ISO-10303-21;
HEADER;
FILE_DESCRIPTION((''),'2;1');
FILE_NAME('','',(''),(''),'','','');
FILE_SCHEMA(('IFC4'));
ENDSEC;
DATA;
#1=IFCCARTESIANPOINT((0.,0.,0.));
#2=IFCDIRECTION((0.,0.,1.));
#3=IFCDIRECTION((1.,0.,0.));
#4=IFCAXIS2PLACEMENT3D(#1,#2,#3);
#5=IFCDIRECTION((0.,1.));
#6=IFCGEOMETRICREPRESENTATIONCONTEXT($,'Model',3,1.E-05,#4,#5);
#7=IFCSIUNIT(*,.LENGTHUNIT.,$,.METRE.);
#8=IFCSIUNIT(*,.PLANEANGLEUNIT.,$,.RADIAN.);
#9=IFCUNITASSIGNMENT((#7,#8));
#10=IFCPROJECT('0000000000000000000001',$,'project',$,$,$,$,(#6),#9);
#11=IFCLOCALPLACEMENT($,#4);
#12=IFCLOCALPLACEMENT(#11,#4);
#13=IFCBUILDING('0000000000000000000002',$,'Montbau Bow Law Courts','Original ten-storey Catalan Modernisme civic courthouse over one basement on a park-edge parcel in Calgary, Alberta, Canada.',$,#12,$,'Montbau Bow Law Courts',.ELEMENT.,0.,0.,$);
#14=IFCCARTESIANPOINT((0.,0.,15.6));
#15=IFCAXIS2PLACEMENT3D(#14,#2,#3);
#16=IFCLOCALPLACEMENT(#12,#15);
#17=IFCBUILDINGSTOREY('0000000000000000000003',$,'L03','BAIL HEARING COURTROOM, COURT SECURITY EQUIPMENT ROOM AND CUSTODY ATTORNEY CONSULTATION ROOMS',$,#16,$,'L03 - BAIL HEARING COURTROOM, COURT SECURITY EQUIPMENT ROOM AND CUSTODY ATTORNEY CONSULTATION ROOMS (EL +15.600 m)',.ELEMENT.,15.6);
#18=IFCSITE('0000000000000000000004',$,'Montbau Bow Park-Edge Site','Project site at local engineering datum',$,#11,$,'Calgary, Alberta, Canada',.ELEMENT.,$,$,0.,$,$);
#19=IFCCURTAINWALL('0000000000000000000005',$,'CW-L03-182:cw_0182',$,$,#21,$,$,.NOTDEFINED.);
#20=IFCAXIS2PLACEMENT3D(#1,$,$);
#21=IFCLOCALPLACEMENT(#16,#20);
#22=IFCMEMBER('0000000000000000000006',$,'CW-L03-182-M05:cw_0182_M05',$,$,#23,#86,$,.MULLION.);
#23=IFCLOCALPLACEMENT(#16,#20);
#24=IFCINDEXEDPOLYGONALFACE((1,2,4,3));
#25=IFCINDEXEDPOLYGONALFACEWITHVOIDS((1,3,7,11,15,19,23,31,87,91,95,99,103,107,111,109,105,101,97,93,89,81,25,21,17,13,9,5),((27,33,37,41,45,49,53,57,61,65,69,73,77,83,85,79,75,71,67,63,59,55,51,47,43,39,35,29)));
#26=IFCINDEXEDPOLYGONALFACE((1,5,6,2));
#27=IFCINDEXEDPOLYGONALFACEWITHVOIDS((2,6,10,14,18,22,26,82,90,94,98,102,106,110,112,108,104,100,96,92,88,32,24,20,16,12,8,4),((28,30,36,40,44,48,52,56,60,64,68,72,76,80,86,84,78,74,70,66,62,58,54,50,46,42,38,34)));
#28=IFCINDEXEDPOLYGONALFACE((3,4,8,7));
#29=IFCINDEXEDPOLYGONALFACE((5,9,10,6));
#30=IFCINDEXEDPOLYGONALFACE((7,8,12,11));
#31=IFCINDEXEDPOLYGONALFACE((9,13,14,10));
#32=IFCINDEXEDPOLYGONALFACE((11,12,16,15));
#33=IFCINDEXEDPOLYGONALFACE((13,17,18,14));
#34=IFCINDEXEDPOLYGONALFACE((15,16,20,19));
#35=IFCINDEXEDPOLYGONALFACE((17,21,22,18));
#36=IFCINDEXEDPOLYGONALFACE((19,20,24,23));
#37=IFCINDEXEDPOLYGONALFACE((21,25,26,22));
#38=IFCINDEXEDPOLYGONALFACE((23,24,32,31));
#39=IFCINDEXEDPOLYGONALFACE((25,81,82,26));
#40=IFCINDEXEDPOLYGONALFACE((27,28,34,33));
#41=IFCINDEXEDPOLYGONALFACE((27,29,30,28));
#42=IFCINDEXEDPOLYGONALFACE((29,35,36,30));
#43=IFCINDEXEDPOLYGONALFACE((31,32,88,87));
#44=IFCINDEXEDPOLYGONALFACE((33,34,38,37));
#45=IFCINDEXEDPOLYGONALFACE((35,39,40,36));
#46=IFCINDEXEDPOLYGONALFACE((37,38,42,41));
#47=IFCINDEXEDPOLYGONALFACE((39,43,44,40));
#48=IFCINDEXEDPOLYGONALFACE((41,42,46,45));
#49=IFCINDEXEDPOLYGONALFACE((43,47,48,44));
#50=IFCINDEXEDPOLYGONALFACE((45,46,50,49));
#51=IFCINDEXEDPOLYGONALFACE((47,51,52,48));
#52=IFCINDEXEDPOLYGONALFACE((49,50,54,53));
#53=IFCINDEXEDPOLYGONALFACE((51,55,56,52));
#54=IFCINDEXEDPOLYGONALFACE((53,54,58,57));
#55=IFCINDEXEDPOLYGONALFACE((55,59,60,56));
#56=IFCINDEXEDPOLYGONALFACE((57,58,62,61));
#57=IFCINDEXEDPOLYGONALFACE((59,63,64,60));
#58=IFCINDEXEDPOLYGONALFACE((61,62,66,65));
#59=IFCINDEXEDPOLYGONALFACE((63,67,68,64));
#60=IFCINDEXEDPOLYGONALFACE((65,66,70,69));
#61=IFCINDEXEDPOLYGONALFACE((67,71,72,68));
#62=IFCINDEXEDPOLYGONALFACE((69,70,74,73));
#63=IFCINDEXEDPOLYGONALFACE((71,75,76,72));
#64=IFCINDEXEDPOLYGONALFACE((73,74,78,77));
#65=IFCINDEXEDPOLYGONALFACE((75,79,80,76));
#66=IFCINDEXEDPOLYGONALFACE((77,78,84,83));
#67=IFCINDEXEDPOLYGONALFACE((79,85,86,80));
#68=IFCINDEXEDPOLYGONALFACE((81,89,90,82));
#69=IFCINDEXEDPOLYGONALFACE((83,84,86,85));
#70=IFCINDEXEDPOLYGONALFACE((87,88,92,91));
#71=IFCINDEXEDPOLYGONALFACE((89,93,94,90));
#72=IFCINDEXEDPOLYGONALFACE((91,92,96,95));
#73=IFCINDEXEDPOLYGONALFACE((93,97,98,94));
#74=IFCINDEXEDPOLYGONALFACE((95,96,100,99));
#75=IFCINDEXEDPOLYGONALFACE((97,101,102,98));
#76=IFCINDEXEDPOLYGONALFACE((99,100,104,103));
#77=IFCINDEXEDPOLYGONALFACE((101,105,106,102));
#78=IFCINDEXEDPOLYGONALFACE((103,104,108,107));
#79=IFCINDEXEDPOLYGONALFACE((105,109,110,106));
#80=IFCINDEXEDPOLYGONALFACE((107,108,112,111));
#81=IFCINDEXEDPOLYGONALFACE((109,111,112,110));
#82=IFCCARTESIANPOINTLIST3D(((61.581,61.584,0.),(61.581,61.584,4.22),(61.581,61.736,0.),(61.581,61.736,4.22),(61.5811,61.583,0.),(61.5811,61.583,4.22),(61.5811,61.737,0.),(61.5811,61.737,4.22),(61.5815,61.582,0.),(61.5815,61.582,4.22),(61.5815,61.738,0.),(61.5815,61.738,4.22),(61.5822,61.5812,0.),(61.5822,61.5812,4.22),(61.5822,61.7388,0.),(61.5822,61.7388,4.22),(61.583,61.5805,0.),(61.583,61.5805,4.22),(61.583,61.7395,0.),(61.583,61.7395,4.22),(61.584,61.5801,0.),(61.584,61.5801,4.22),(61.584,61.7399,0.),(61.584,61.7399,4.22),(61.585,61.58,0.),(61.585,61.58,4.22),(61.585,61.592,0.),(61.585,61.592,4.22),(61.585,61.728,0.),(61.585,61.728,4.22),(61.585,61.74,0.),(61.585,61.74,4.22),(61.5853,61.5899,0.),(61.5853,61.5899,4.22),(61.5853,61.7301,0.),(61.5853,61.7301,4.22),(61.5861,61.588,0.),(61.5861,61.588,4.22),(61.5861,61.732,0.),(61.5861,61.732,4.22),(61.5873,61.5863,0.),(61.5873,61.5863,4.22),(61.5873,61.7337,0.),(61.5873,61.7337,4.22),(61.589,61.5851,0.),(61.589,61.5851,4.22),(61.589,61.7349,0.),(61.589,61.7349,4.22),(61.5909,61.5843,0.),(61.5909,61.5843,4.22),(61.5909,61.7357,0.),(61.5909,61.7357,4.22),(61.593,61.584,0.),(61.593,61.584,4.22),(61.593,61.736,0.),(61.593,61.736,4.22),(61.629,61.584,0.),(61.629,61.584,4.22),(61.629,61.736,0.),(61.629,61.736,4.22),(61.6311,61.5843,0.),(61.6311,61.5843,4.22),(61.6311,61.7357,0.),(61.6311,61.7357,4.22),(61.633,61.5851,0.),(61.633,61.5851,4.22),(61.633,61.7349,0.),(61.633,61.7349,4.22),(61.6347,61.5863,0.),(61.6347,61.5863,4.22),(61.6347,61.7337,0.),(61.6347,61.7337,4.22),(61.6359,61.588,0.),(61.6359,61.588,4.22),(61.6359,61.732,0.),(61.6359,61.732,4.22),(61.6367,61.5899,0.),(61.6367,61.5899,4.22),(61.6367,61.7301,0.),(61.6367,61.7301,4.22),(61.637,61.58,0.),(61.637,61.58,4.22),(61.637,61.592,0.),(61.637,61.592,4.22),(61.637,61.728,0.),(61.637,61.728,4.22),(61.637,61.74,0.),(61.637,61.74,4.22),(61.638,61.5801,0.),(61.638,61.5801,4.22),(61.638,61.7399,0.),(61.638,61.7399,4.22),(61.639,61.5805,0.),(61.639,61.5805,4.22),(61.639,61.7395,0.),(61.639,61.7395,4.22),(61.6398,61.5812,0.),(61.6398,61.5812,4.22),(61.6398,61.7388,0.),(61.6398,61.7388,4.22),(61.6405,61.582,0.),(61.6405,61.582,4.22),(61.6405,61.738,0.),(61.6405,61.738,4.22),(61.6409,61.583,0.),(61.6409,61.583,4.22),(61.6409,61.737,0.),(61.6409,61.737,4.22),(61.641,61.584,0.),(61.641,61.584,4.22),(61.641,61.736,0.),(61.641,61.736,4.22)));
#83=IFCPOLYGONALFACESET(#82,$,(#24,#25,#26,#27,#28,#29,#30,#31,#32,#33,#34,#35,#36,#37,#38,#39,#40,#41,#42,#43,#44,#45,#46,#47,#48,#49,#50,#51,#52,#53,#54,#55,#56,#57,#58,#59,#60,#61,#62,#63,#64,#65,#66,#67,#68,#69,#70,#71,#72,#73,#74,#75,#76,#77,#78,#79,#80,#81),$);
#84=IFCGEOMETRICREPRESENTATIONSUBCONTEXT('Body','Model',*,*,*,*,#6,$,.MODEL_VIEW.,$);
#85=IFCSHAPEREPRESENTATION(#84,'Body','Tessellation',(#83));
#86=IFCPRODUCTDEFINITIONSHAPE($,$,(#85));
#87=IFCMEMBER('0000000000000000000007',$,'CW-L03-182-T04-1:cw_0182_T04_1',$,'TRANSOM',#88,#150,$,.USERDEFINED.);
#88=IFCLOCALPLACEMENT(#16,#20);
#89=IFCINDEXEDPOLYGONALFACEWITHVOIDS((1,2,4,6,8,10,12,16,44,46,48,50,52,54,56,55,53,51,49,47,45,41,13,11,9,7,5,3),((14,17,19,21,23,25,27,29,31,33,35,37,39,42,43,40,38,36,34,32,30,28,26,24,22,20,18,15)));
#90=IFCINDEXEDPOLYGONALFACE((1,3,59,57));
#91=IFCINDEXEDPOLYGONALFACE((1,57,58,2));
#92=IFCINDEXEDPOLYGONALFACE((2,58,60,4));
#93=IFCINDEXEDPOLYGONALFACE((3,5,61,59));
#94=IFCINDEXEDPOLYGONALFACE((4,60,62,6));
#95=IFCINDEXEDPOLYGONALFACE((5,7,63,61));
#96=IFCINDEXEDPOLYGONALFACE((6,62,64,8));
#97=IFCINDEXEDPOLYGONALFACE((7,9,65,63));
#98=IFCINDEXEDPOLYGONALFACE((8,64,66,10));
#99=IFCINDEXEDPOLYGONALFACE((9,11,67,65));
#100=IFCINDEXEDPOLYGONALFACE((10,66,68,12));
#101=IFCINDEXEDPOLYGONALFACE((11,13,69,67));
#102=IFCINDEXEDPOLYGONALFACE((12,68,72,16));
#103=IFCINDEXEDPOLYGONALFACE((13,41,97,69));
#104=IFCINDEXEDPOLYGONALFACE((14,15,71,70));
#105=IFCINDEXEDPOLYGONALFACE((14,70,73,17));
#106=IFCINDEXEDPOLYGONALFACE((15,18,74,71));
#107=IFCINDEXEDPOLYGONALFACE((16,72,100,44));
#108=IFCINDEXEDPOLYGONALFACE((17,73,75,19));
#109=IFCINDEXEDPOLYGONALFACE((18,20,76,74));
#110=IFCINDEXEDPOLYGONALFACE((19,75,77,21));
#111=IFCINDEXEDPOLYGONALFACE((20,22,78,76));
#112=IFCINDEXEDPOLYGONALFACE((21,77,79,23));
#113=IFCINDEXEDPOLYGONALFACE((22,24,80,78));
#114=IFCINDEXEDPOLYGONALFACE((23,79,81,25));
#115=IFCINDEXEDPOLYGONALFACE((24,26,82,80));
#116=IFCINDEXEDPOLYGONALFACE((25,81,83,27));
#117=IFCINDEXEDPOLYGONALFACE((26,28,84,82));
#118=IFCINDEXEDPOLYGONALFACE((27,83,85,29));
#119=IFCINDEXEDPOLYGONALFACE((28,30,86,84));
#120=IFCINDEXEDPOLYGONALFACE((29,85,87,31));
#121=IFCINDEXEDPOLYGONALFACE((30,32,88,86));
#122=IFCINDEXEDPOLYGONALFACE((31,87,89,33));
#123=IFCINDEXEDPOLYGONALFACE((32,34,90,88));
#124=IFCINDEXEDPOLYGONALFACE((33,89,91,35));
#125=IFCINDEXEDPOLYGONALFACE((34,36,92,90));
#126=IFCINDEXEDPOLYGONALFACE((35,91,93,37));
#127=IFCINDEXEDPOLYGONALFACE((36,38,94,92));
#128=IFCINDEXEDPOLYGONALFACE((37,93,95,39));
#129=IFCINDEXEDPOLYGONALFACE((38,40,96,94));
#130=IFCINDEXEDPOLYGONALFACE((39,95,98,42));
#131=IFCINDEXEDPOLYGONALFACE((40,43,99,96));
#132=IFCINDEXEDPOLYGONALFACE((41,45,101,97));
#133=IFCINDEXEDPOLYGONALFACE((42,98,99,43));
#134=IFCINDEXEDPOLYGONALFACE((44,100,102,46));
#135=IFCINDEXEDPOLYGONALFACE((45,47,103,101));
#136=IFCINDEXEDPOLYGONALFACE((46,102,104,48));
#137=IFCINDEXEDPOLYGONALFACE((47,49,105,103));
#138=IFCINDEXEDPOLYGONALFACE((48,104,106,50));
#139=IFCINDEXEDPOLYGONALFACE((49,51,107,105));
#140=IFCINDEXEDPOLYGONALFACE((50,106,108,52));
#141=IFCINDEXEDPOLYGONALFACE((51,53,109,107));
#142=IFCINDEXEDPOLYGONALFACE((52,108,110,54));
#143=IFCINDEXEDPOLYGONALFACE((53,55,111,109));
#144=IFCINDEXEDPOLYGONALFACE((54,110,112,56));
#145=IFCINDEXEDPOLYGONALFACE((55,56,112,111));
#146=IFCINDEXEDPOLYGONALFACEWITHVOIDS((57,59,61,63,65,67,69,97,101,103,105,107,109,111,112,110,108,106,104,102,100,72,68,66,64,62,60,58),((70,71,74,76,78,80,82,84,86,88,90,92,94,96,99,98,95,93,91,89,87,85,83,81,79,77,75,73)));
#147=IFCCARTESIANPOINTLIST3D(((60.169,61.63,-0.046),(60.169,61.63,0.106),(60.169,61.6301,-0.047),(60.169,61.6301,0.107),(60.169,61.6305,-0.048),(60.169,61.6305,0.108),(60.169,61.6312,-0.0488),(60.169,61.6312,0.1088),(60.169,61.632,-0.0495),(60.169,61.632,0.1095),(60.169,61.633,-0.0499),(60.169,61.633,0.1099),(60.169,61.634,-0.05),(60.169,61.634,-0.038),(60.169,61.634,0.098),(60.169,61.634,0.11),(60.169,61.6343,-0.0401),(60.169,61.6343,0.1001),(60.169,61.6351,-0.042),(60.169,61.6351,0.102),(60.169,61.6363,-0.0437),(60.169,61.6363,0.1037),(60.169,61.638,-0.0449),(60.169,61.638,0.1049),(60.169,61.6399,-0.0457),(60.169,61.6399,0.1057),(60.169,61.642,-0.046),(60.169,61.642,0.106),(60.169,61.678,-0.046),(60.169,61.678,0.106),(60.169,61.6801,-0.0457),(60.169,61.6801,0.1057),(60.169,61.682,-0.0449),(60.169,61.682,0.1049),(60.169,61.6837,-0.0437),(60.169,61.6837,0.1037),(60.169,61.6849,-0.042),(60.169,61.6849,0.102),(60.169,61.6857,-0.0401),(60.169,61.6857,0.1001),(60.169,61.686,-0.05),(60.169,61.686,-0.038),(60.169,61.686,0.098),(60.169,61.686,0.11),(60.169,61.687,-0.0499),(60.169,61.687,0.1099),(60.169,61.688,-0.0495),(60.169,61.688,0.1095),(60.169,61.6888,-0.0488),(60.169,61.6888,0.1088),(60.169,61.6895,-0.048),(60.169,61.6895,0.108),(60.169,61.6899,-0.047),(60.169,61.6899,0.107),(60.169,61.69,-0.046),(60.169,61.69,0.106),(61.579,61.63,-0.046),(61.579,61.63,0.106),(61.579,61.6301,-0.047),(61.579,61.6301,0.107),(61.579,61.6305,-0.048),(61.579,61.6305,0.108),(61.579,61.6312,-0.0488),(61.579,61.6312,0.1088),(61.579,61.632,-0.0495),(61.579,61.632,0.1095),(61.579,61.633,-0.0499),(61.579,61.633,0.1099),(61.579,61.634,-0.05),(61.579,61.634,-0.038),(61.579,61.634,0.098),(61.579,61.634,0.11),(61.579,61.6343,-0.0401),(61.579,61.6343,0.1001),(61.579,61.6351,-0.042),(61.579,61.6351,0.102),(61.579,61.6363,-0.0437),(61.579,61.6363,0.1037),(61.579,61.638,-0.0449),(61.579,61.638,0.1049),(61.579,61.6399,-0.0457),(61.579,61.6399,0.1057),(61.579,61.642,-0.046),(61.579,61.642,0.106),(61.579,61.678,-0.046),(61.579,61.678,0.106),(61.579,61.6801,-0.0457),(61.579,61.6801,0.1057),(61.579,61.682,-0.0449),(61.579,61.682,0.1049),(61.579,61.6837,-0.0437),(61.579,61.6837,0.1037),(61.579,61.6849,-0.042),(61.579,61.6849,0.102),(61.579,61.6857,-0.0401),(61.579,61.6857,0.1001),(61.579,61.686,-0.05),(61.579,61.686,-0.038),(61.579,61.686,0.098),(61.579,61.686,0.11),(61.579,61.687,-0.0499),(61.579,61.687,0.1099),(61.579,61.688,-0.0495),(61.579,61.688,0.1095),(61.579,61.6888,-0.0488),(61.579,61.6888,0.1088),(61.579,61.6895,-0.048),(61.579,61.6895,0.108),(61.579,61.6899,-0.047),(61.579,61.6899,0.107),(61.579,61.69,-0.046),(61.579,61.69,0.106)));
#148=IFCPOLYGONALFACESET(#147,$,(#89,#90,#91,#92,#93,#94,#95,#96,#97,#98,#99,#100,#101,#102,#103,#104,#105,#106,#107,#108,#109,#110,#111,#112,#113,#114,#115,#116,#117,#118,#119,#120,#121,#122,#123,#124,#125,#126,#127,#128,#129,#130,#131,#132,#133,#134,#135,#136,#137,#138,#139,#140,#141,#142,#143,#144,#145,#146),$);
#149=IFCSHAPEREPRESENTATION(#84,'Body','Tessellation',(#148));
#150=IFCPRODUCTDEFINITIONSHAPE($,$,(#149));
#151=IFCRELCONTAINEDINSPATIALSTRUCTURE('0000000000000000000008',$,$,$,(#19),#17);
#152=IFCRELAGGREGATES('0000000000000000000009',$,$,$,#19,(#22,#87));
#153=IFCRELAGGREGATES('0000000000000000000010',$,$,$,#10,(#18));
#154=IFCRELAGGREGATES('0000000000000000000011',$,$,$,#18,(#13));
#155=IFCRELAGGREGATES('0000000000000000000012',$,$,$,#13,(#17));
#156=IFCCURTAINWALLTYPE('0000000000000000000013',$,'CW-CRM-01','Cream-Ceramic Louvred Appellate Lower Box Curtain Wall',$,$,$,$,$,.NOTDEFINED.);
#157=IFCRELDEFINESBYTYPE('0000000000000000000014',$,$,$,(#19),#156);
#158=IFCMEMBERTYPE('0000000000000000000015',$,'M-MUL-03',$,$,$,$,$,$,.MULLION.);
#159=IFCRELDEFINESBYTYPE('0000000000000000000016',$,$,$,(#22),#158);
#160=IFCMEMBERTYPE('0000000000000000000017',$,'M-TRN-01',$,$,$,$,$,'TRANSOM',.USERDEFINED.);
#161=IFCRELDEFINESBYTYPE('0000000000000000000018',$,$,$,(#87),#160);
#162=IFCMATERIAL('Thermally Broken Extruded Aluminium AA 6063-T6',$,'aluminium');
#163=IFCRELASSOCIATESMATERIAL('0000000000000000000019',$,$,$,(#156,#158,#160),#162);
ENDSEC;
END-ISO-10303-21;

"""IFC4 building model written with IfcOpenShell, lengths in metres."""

from ifc_helpers import new_model, si_unit, direction, frame, origin_with_axes, origin_2d_with_axis, place, context, subcontext, project, spatial, hollow_rectangle, extrude, material, material_profile, profile_set, type_object, element, aggregate, save


model = new_model("IFC4")

# Units and contexts
model_context = context("Model", 3, precision=1e-05, world=origin_with_axes(), true_north=direction((0.0, 1.0)))
body_context = subcontext(model_context, "Body", "Model", "MODEL_VIEW")
ifc_project = project(units=[si_unit("LENGTHUNIT", "METRE"), si_unit("PLANEANGLEUNIT", "RADIAN")], contexts=[model_context])

# Site, building, storey
site_placement = place(None, origin_with_axes())
site = spatial("IfcSite", under=ifc_project, at=site_placement, Name="Montbau Bow Park-Edge Site", Description="Project site at local engineering datum", LongName="Calgary, Alberta, Canada", CompositionType="ELEMENT", RefElevation=0.0)
building_placement = place(site_placement, origin_with_axes())
building = spatial("IfcBuilding", under=site, at=building_placement, Name="Montbau Bow Law Courts", Description="Original ten-storey Catalan Modernisme civic courthouse over one basement on a park-edge parcel in Calgary, Alberta, Canada.", LongName="Montbau Bow Law Courts", CompositionType="ELEMENT", ElevationOfRefHeight=0.0, ElevationOfTerrain=0.0)
storey_placement = place(building_placement, frame((0.0, 0.0, 15.6), z_axis=(0.0, 0.0, 1.0), x_axis=(1.0, 0.0, 0.0)))
storey = spatial("IfcBuildingStorey", under=building, at=storey_placement, Name="L03", Description="BAIL HEARING COURTROOM, COURT SECURITY EQUIPMENT ROOM AND CUSTODY ATTORNEY CONSULTATION ROOMS", LongName="L03 - BAIL HEARING COURTROOM, COURT SECURITY EQUIPMENT ROOM AND CUSTODY ATTORNEY CONSULTATION ROOMS (EL +15.600 m)", CompositionType="ELEMENT", Elevation=15.6)

# Curtain wall, members
ifc_material_1 = material(Name="Thermally Broken Extruded Aluminium AA 6063-T6", Category="aluminium")
curtain_wall_type = type_object("IfcCurtainWallType", Name="CW-CRM-01", Description="Cream-Ceramic Louvred Appellate Lower Box Curtain Wall", PredefinedType="NOTDEFINED", material=ifc_material_1)
curtain_wall_placement = place(None, frame((55.715, 61.66, 15.6), z_axis=(0.0, 0.0, 1.0), x_axis=(1.0, 0.0, 0.0)))
curtain_wall = element("IfcCurtainWall", 1, at=curtain_wall_placement, inside=storey, type_object=curtain_wall_type, Name="CW-L03-182:cw_0182", PredefinedType="NOTDEFINED")
ifc_material_profile_1 = material_profile(ifc_material_1, hollow_rectangle(XDim=0.06, YDim=0.16, WallThickness=0.004, InnerFilletRadius=0.008, OuterFilletRadius=0.004, at=origin_2d_with_axis()), Name="CWM-160X60", Category="Main", Priority=0)
ifc_profile_set_1 = profile_set([ifc_material_profile_1], Name="Thermally Broken Extruded Aluminium AA 6063-T6")
member_type_1 = type_object("IfcMemberType", Name="M-MUL-03", PredefinedType="MULLION", material=ifc_profile_set_1)
member_1_placement = place(None, frame((61.611, 61.66, 15.6), z_axis=(0.0, 0.0, 1.0), x_axis=(1.0, 0.0, 0.0)))
member_1 = element("IfcMember", 2, at=member_1_placement, type_object=member_type_1, Name="CW-L03-182-M05:cw_0182_M05", PredefinedType="MULLION", context=body_context, shape_type="SweptSolid", body=[
    extrude(hollow_rectangle(XDim=0.06, YDim=0.16, WallThickness=0.004, InnerFilletRadius=0.008, OuterFilletRadius=0.004, at=origin_2d_with_axis()), origin_with_axes(), (0.0, 0.0, 1.0), 4.22),
])
ifc_material_profile_2 = material_profile(ifc_material_1, hollow_rectangle(XDim=0.06, YDim=0.16, WallThickness=0.004, InnerFilletRadius=0.008, OuterFilletRadius=0.004, at=origin_2d_with_axis()), Name="CWT-160X60", Category="Main", Priority=0)
ifc_profile_set_2 = profile_set([ifc_material_profile_2], Name="Thermally Broken Extruded Aluminium AA 6063-T6")
member_type_2 = type_object("IfcMemberType", Name="M-TRN-01", ElementType="TRANSOM", PredefinedType="USERDEFINED", material=ifc_profile_set_2)
member_2_placement = place(None, frame((60.169, 61.66, 15.63), z_axis=(1.0, 0.0, 0.0), x_axis=(0.0, 1.0, 0.0)))
member_2 = element("IfcMember", 3, at=member_2_placement, type_object=member_type_2, Name="CW-L03-182-T04-1:cw_0182_T04_1", ObjectType="TRANSOM", PredefinedType="USERDEFINED", context=body_context, shape_type="SweptSolid", body=[
    extrude(hollow_rectangle(XDim=0.06, YDim=0.16, WallThickness=0.004, InnerFilletRadius=0.008, OuterFilletRadius=0.004, at=origin_2d_with_axis()), origin_with_axes(), (0.0, 0.0, 1.0), 1.41),
])
aggregate(curtain_wall, [member_1, member_2])

save(model, "model.ifc")
